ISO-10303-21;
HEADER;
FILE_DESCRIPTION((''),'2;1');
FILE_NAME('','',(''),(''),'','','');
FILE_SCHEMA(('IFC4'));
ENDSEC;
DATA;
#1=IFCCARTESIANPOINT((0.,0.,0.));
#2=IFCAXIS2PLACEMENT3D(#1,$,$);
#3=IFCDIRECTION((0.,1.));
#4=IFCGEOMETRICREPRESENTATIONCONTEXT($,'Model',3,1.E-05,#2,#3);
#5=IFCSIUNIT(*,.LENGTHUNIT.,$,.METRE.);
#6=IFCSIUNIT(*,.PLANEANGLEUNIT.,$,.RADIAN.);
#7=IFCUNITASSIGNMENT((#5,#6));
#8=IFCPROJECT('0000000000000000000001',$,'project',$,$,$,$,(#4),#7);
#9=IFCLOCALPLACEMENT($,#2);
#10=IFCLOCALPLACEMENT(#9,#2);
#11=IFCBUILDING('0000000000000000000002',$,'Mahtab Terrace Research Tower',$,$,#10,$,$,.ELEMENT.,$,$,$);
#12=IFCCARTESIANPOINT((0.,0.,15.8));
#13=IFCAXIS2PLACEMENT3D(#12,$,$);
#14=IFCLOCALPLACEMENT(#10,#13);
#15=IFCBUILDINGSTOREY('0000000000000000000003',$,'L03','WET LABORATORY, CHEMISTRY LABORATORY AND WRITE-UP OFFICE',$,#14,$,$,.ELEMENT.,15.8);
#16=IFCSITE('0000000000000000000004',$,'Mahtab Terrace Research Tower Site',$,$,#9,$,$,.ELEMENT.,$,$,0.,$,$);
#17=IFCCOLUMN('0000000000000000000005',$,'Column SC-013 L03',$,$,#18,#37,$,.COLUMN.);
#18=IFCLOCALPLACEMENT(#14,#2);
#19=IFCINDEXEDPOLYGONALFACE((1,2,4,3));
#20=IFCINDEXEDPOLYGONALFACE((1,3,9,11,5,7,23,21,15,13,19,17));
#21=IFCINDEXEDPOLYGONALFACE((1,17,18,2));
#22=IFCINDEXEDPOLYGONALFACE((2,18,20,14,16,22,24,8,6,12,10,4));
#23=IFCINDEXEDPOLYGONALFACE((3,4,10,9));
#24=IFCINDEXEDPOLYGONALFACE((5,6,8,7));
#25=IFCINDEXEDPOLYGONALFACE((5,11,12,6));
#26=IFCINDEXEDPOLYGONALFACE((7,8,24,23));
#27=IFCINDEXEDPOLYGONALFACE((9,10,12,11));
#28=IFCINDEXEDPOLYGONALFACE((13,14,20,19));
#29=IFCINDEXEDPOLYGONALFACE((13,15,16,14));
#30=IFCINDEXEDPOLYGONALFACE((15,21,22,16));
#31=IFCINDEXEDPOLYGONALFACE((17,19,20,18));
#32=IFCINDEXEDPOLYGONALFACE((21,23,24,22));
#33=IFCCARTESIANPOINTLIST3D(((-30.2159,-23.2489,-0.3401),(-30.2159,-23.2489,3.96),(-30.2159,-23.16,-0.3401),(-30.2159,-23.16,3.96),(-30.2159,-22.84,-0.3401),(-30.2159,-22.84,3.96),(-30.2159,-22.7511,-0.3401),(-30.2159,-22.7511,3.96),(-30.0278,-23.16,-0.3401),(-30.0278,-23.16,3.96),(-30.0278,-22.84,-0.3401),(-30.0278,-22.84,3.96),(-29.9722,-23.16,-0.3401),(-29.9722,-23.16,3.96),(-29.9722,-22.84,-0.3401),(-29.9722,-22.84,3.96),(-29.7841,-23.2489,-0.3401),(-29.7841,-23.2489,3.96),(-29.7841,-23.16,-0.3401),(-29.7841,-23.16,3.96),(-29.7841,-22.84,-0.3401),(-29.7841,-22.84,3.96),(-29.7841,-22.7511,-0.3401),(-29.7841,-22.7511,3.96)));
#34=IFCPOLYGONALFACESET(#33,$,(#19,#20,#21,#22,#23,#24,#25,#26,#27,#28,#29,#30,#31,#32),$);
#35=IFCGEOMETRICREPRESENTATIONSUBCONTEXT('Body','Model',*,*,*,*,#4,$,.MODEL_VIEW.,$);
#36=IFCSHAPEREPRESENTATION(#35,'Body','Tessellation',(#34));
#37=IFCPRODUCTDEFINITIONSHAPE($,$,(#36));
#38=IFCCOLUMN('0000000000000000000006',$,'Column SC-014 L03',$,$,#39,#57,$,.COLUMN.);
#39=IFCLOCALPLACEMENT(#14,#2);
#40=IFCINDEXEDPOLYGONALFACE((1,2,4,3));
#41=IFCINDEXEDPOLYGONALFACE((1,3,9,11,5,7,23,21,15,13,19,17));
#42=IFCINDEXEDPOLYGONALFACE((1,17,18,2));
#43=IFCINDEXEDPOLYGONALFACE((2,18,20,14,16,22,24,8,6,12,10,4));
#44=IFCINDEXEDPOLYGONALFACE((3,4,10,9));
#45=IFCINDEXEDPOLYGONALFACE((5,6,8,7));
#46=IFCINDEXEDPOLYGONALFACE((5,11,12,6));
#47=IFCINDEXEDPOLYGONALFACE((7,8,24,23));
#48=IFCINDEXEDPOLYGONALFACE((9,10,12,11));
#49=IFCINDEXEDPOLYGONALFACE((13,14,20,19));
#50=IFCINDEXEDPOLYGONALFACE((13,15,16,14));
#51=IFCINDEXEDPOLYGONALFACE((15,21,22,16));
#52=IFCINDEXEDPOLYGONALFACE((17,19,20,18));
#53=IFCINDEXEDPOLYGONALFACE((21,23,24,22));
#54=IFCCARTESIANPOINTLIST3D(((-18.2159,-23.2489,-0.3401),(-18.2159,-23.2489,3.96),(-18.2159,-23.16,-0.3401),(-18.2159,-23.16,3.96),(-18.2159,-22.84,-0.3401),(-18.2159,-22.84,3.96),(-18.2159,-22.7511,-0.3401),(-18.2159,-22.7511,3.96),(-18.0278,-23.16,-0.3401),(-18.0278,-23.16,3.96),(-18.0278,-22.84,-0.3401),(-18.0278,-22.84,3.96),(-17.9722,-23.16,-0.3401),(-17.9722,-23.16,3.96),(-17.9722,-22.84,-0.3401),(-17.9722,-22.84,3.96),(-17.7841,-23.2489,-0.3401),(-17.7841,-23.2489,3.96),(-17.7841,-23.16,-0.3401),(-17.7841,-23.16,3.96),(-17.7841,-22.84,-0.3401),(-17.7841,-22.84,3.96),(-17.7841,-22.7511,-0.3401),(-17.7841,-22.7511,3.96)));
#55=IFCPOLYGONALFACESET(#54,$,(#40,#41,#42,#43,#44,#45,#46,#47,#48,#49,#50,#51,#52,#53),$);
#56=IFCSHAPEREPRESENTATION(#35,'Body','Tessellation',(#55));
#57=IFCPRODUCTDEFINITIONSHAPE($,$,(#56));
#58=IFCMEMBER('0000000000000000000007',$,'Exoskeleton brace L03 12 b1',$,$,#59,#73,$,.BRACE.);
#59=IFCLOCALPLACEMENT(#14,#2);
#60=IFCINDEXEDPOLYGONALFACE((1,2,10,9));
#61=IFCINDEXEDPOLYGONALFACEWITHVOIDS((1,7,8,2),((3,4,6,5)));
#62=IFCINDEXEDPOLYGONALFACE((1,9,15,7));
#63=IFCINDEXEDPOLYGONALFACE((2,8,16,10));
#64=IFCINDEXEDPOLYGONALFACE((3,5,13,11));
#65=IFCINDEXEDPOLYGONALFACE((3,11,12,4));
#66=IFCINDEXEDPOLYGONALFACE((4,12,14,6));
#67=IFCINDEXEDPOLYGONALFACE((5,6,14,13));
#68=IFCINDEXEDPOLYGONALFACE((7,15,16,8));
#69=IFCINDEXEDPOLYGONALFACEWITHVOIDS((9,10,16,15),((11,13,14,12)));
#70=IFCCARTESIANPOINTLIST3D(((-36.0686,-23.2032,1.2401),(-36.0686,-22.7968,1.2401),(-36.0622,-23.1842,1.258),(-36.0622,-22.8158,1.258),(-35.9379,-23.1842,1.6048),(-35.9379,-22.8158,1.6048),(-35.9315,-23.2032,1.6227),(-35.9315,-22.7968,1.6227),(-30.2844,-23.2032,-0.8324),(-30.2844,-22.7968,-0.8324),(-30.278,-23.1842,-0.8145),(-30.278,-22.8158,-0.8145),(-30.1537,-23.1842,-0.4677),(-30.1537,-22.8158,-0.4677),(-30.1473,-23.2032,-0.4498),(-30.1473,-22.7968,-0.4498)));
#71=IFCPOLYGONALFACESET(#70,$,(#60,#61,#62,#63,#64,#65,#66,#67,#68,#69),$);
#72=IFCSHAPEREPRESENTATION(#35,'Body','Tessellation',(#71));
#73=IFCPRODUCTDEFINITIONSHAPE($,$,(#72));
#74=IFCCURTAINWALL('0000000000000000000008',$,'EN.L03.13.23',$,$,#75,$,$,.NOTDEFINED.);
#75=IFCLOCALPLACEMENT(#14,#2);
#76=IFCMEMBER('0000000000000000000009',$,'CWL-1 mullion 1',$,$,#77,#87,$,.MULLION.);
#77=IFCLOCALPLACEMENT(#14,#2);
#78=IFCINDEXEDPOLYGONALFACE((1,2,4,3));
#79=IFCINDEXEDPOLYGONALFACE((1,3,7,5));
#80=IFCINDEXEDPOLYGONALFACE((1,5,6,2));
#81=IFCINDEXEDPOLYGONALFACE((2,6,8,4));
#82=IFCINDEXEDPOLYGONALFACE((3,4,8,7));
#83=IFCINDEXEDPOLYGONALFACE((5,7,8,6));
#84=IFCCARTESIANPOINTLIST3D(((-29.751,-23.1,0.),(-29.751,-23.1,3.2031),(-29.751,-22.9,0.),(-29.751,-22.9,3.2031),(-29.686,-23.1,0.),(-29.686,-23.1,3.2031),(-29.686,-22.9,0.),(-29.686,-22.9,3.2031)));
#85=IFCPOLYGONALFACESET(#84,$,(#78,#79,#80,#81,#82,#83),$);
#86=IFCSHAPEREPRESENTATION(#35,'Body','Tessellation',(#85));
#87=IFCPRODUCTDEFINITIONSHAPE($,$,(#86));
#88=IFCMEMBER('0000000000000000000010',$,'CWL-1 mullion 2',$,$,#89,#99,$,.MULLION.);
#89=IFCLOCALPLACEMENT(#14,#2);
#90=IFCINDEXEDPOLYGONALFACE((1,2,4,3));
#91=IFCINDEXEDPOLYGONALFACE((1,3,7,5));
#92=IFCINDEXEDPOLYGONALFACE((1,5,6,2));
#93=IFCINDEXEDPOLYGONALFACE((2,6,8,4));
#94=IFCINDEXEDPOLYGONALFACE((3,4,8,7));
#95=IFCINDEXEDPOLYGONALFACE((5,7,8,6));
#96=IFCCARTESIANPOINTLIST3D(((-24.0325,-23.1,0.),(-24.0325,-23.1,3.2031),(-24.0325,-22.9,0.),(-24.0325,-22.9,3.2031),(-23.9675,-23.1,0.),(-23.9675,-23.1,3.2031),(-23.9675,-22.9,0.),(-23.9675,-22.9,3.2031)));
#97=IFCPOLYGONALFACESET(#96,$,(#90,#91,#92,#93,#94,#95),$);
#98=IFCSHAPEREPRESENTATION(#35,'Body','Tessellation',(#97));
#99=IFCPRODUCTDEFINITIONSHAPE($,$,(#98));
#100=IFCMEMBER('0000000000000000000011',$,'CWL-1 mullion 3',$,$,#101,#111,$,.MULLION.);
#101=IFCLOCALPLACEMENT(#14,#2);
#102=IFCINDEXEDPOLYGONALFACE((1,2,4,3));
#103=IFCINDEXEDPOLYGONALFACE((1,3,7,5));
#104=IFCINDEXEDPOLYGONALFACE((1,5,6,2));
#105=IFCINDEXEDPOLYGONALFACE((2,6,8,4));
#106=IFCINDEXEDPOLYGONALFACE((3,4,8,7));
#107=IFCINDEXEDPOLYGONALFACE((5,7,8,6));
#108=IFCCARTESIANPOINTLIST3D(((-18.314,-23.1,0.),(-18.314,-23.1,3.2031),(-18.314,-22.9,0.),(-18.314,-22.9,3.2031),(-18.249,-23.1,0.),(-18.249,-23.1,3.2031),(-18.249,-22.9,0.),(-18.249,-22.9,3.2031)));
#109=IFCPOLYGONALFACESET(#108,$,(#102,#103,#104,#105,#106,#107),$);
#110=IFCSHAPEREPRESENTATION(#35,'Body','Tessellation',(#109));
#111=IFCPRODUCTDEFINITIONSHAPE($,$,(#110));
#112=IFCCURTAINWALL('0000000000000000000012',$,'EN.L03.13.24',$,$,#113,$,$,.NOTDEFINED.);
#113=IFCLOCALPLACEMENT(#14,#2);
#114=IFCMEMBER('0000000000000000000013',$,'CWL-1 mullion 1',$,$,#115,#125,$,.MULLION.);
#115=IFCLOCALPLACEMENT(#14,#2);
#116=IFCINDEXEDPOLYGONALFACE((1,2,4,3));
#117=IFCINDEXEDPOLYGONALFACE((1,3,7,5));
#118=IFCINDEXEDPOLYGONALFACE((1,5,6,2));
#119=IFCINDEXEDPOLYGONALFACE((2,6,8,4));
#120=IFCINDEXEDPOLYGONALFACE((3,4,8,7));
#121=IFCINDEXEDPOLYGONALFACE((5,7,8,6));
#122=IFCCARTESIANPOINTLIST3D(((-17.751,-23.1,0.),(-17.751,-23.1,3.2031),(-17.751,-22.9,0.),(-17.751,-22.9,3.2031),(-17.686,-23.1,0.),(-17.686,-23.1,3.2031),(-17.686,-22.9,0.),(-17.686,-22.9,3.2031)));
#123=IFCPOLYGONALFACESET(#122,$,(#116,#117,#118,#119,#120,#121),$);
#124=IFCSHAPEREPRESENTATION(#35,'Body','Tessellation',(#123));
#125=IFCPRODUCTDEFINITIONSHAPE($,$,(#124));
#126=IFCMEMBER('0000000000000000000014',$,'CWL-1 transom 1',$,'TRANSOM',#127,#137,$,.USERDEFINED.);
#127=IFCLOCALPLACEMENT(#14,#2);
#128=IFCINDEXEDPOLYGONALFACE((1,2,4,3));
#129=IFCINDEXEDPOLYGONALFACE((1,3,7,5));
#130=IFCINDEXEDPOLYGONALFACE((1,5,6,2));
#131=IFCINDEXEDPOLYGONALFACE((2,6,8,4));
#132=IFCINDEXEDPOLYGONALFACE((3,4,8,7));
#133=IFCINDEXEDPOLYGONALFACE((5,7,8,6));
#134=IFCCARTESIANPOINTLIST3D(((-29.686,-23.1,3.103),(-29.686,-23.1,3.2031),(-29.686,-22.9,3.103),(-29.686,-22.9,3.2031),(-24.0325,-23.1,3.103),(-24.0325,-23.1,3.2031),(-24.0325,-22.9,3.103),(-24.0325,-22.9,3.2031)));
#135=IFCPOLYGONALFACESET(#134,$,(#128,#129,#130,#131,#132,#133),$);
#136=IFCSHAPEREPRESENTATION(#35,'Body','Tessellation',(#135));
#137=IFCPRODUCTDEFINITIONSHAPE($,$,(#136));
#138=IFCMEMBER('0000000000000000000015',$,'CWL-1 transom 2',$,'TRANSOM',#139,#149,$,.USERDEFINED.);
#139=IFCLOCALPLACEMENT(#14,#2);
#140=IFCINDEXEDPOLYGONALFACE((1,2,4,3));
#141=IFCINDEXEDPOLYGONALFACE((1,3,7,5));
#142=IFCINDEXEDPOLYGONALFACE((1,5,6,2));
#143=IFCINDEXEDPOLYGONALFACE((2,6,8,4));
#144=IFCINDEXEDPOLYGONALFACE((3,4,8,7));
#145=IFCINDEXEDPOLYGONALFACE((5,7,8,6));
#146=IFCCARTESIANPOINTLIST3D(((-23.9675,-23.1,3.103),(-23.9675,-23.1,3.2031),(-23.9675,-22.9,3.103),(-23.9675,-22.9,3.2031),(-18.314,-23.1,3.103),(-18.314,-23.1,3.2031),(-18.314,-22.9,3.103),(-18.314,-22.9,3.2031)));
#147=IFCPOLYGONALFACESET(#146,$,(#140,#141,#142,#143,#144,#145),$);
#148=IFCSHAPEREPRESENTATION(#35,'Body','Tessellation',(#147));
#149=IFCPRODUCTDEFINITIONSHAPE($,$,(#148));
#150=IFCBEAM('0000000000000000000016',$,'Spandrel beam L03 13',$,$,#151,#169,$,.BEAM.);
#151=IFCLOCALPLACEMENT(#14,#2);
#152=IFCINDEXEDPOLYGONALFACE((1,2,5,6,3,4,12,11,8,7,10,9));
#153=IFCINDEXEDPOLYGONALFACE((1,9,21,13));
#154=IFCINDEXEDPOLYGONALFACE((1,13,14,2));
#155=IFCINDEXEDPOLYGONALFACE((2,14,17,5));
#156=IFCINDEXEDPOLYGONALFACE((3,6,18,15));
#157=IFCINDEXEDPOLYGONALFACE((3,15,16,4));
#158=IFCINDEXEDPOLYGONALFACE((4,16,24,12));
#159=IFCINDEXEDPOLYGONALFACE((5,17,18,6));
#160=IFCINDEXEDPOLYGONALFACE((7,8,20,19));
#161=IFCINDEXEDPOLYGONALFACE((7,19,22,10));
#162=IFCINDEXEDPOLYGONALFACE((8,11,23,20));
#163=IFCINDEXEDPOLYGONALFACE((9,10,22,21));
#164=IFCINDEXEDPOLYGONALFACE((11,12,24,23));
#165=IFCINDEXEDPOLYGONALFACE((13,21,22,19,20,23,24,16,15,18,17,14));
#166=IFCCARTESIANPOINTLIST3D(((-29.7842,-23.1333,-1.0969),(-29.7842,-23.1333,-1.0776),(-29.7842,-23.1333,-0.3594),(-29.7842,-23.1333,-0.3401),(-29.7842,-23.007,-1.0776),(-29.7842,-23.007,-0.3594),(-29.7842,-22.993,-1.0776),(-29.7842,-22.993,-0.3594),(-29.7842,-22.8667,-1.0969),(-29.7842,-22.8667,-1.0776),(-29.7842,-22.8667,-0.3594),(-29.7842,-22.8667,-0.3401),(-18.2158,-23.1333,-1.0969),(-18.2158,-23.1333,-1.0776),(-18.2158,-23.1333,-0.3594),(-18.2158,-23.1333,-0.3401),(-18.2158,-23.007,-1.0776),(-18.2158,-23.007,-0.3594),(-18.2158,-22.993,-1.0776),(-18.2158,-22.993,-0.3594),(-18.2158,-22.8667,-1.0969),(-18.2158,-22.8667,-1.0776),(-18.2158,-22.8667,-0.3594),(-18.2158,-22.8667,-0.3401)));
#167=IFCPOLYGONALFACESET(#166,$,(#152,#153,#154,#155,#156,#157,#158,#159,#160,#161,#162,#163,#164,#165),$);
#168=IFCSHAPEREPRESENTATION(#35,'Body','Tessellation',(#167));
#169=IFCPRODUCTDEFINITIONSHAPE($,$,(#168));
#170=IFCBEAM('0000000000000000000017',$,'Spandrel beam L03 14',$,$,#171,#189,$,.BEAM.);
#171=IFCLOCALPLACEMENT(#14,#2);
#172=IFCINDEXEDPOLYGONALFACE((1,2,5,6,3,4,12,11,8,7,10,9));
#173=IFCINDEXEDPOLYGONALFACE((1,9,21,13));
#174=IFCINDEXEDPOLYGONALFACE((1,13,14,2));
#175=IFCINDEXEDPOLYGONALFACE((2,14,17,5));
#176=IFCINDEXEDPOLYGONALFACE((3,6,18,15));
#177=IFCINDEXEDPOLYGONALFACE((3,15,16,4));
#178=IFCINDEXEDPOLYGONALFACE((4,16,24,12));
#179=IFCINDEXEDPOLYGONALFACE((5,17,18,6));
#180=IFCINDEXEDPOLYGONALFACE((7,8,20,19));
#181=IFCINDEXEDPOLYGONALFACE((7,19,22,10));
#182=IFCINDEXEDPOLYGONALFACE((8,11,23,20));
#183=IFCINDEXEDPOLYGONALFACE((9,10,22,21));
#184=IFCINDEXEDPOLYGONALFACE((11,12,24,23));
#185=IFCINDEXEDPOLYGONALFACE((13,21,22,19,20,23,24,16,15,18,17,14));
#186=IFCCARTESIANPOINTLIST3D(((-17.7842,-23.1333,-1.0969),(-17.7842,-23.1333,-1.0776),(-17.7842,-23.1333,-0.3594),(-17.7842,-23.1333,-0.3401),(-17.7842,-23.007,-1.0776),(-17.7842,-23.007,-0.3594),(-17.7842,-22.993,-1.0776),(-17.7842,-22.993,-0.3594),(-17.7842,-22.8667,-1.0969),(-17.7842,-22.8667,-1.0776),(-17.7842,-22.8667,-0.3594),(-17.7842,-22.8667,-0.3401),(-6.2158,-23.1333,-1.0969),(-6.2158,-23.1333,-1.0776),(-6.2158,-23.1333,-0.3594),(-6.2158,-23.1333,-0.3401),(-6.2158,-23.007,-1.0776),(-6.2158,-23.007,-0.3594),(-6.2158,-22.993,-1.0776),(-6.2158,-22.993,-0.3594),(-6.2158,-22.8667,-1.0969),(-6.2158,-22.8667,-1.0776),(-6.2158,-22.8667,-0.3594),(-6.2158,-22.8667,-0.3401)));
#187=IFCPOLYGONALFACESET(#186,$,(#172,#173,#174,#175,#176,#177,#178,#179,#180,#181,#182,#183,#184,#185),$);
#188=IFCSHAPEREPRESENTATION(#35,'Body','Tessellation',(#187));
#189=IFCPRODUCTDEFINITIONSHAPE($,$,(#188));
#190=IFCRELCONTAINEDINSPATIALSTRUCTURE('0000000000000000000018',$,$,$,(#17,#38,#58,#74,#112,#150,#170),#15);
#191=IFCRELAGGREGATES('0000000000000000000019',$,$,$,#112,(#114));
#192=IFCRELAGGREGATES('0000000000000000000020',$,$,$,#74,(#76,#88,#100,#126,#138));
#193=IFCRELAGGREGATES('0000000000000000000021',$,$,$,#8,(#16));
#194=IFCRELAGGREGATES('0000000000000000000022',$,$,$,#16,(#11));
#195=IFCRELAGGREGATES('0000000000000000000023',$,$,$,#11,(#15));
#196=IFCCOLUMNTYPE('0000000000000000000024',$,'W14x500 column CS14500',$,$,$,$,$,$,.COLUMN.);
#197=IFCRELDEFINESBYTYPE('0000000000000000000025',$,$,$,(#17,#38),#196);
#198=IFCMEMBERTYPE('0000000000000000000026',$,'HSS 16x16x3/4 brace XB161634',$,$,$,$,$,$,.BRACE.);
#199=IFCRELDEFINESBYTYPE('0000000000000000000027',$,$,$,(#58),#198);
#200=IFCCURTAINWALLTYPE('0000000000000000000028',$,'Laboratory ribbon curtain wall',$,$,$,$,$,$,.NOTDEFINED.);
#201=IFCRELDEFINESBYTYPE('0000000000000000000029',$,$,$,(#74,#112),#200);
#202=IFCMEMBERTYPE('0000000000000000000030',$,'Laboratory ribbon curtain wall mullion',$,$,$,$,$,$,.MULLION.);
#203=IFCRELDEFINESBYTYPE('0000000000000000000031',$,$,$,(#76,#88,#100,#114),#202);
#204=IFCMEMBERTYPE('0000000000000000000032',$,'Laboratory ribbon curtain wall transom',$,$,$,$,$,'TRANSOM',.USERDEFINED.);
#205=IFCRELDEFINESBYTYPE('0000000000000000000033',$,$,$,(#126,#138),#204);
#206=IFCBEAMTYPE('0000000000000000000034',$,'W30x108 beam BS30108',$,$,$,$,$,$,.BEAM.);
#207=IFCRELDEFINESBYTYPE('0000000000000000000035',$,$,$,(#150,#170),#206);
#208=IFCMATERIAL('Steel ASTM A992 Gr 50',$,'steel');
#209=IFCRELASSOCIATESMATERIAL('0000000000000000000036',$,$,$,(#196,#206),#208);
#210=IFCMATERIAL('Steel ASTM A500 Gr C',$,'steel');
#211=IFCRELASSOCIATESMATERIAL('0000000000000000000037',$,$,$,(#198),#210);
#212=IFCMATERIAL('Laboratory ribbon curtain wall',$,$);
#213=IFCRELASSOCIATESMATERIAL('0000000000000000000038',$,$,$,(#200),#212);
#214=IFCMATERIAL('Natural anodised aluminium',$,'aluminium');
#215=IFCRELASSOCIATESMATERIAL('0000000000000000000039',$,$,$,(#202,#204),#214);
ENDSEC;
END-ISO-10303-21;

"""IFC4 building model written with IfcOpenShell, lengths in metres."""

from ifc_helpers import new_model, si_unit, direction, frame, origin, origin_2d, place, context, subcontext, project, spatial, rectangle, hollow_rectangle, i_section, extrude, material, material_profile, profile_set, type_object, element, aggregate, save


model = new_model("IFC4")

# Units and contexts
model_context = context("Model", 3, precision=1e-05, world=origin(), true_north=direction((0.0, 1.0)))
body_context = subcontext(model_context, "Body", "Model", "MODEL_VIEW")
ifc_project = project(units=[si_unit("LENGTHUNIT", "METRE"), si_unit("PLANEANGLEUNIT", "RADIAN")], contexts=[model_context])

# Site, building, storey
site_placement = place(None, origin())
site = spatial("IfcSite", under=ifc_project, at=site_placement, Name="Mahtab Terrace Research Tower Site", CompositionType="ELEMENT", RefElevation=0.0)
building_placement = place(site_placement, origin())
building = spatial("IfcBuilding", under=site, at=building_placement, Name="Mahtab Terrace Research Tower", CompositionType="ELEMENT")
storey_placement = place(building_placement, frame((0.0, 0.0, 15.8)))
storey = spatial("IfcBuildingStorey", under=building, at=storey_placement, Name="L03", Description="WET LABORATORY, CHEMISTRY LABORATORY AND WRITE-UP OFFICE", CompositionType="ELEMENT", Elevation=15.8)

# Columns
ifc_material_1 = material(Name="Steel ASTM A992 Gr 50", Category="steel")
ifc_material_profile_1 = material_profile(ifc_material_1, i_section(OverallWidth=0.4319, OverallDepth=0.4978, WebThickness=0.0557, FlangeThickness=0.0889, at=origin_2d()), Name="W14X500")
ifc_profile_set_1 = profile_set([ifc_material_profile_1], Name="Steel ASTM A992 Gr 50")
column_type = type_object("IfcColumnType", Name="W14x500 column CS14500", PredefinedType="COLUMN", material=ifc_profile_set_1)
for number, where, z_axis, x_axis, name in (
    (1, (-30.0, -23.0, -0.3401), (0.0, 0.0, 1.0), (1.0, 0.0, 0.0), "Column SC-013 L03"),
    (2, (-18.0, -23.0, -0.3401), (0.0, 0.0, 1.0), (1.0, 0.0, 0.0), "Column SC-014 L03"),
):
    element("IfcColumn", number, at=place(storey_placement, frame(where, z_axis=z_axis, x_axis=x_axis)), inside=storey, type_object=column_type, Name=name, PredefinedType="COLUMN", context=body_context, shape_type="SweptSolid", body=[
        extrude(i_section(OverallWidth=0.4319, OverallDepth=0.4978, WebThickness=0.0557, FlangeThickness=0.0889, at=origin_2d()), origin(), (0.0, 0.0, 1.0), 4.3),
    ])

# Member
ifc_material_2 = material(Name="Steel ASTM A500 Gr C", Category="steel")
ifc_material_profile_2 = material_profile(ifc_material_2, hollow_rectangle(XDim=0.4065, YDim=0.4065, WallThickness=0.019, at=origin_2d()), Name="HSS16X16X3/4")
ifc_profile_set_2 = profile_set([ifc_material_profile_2], Name="Steel ASTM A500 Gr C")
member_type_1 = type_object("IfcMemberType", Name="HSS 16x16x3/4 brace XB161634", PredefinedType="BRACE", material=ifc_profile_set_2)
member_1_placement = place(storey_placement, frame((-30.2158, -23.0, -0.6411), z_axis=(-0.941394, 0.0, 0.337308), x_axis=(0.0, -1.0, 0.0)))
element("IfcMember", 3, at=member_1_placement, inside=storey, type_object=member_type_1, Name="Exoskeleton brace L03 12 b1", PredefinedType="BRACE", context=body_context, shape_type="SweptSolid", body=[
    extrude(hollow_rectangle(XDim=0.4065, YDim=0.4065, WallThickness=0.019, at=origin_2d()), origin(), (0.0, 0.0, 1.0), 6.1443),
])

# Curtain wall, members
ifc_material_3 = material(Name="Laboratory ribbon curtain wall")
curtain_wall_type = type_object("IfcCurtainWallType", Name="Laboratory ribbon curtain wall", PredefinedType="NOTDEFINED", material=ifc_material_3)
curtain_wall_1_placement = place(storey_placement, origin())
curtain_wall_1 = element("IfcCurtainWall", 4, at=curtain_wall_1_placement, inside=storey, type_object=curtain_wall_type, Name="EN.L03.13.23", PredefinedType="NOTDEFINED")
ifc_material_4 = material(Name="Natural anodised aluminium", Category="aluminium")
ifc_material_profile_3 = material_profile(ifc_material_4, rectangle(XDim=0.2, YDim=0.0649, at=origin_2d()), Name="MULLION 65x200")
ifc_profile_set_3 = profile_set([ifc_material_profile_3], Name="Natural anodised aluminium")
member_type_2 = type_object("IfcMemberType", Name="Laboratory ribbon curtain wall mullion", PredefinedType="MULLION", material=ifc_profile_set_3)
member_2_placement = place(storey_placement, frame((-29.7185, -23.0, 0.0), z_axis=(0.0, 0.0, 1.0), x_axis=(0.0, 1.0, 0.0)))
member_2 = element("IfcMember", 5, at=member_2_placement, type_object=member_type_2, Name="CWL-1 mullion 1", PredefinedType="MULLION", context=body_context, shape_type="SweptSolid", body=[
    extrude(rectangle(XDim=0.2, YDim=0.0649, at=origin_2d()), origin(), (0.0, 0.0, 1.0), 3.2031),
])
member_3_placement = place(storey_placement, frame((-24.0, -23.0, 0.0), z_axis=(0.0, 0.0, 1.0), x_axis=(0.0, 1.0, 0.0)))
member_3 = element("IfcMember", 6, at=member_3_placement, type_object=member_type_2, Name="CWL-1 mullion 2", PredefinedType="MULLION", context=body_context, shape_type="SweptSolid", body=[
    extrude(rectangle(XDim=0.2, YDim=0.0649, at=origin_2d()), origin(), (0.0, 0.0, 1.0), 3.2031),
])
member_4_placement = place(storey_placement, frame((-18.2815, -23.0, 0.0), z_axis=(0.0, 0.0, 1.0), x_axis=(0.0, 1.0, 0.0)))
member_4 = element("IfcMember", 7, at=member_4_placement, type_object=member_type_2, Name="CWL-1 mullion 3", PredefinedType="MULLION", context=body_context, shape_type="SweptSolid", body=[
    extrude(rectangle(XDim=0.2, YDim=0.0649, at=origin_2d()), origin(), (0.0, 0.0, 1.0), 3.2031),
])

# Curtain wall, member
curtain_wall_2_placement = place(storey_placement, origin())
curtain_wall_2 = element("IfcCurtainWall", 8, at=curtain_wall_2_placement, inside=storey, type_object=curtain_wall_type, Name="EN.L03.13.24", PredefinedType="NOTDEFINED")
member_5_placement = place(storey_placement, frame((-17.7185, -23.0, 0.0), z_axis=(0.0, 0.0, 1.0), x_axis=(0.0, 1.0, 0.0)))
member_5 = element("IfcMember", 9, at=member_5_placement, type_object=member_type_2, Name="CWL-1 mullion 1", PredefinedType="MULLION", context=body_context, shape_type="SweptSolid", body=[
    extrude(rectangle(XDim=0.2, YDim=0.0649, at=origin_2d()), origin(), (0.0, 0.0, 1.0), 3.2031),
])
aggregate(curtain_wall_2, [member_5])

# Members
ifc_material_profile_4 = material_profile(ifc_material_4, rectangle(XDim=0.2, YDim=0.1001, at=origin_2d()), Name="TRANSOM 100x200")
ifc_profile_set_4 = profile_set([ifc_material_profile_4], Name="Natural anodised aluminium")
member_type_3 = type_object("IfcMemberType", Name="Laboratory ribbon curtain wall transom", ElementType="TRANSOM", PredefinedType="USERDEFINED", material=ifc_profile_set_4)
member_6_placement = place(storey_placement, frame((-29.686, -23.0, 3.1531), z_axis=(1.0, 0.0, 0.0), x_axis=(0.0, 1.0, 0.0)))
member_6 = element("IfcMember", 10, at=member_6_placement, type_object=member_type_3, Name="CWL-1 transom 1", ObjectType="TRANSOM", PredefinedType="USERDEFINED", context=body_context, shape_type="SweptSolid", body=[
    extrude(rectangle(XDim=0.2, YDim=0.1001, at=origin_2d()), origin(), (0.0, 0.0, 1.0), 5.6536),
])
member_7_placement = place(storey_placement, frame((-23.9675, -23.0, 3.1531), z_axis=(1.0, 0.0, 0.0), x_axis=(0.0, 1.0, 0.0)))
member_7 = element("IfcMember", 11, at=member_7_placement, type_object=member_type_3, Name="CWL-1 transom 2", ObjectType="TRANSOM", PredefinedType="USERDEFINED", context=body_context, shape_type="SweptSolid", body=[
    extrude(rectangle(XDim=0.2, YDim=0.1001, at=origin_2d()), origin(), (0.0, 0.0, 1.0), 5.6536),
])

# Beams
ifc_material_profile_5 = material_profile(ifc_material_1, i_section(OverallWidth=0.2666, OverallDepth=0.7568, WebThickness=0.0139, FlangeThickness=0.0193, at=origin_2d()), Name="W30X108")
ifc_profile_set_5 = profile_set([ifc_material_profile_5], Name="Steel ASTM A992 Gr 50")
beam_type = type_object("IfcBeamType", Name="W30x108 beam BS30108", PredefinedType="BEAM", material=ifc_profile_set_5)
for number, where, z_axis, x_axis, name in (
    (12, (-29.7842, -23.0, -0.7185), (1.0, 0.0, 0.0), (0.0, 1.0, 0.0), "Spandrel beam L03 13"),
    (13, (-17.7842, -23.0, -0.7185), (1.0, 0.0, 0.0), (0.0, 1.0, 0.0), "Spandrel beam L03 14"),
):
    element("IfcBeam", number, at=place(storey_placement, frame(where, z_axis=z_axis, x_axis=x_axis)), inside=storey, type_object=beam_type, Name=name, PredefinedType="BEAM", context=body_context, shape_type="SweptSolid", body=[
        extrude(i_section(OverallWidth=0.2666, OverallDepth=0.7568, WebThickness=0.0139, FlangeThickness=0.0193, at=origin_2d()), origin(), (0.0, 0.0, 1.0), 11.5684),
    ])

aggregate(curtain_wall_1, [member_2, member_3, member_4, member_6, member_7])

save(model, "model.ifc")
